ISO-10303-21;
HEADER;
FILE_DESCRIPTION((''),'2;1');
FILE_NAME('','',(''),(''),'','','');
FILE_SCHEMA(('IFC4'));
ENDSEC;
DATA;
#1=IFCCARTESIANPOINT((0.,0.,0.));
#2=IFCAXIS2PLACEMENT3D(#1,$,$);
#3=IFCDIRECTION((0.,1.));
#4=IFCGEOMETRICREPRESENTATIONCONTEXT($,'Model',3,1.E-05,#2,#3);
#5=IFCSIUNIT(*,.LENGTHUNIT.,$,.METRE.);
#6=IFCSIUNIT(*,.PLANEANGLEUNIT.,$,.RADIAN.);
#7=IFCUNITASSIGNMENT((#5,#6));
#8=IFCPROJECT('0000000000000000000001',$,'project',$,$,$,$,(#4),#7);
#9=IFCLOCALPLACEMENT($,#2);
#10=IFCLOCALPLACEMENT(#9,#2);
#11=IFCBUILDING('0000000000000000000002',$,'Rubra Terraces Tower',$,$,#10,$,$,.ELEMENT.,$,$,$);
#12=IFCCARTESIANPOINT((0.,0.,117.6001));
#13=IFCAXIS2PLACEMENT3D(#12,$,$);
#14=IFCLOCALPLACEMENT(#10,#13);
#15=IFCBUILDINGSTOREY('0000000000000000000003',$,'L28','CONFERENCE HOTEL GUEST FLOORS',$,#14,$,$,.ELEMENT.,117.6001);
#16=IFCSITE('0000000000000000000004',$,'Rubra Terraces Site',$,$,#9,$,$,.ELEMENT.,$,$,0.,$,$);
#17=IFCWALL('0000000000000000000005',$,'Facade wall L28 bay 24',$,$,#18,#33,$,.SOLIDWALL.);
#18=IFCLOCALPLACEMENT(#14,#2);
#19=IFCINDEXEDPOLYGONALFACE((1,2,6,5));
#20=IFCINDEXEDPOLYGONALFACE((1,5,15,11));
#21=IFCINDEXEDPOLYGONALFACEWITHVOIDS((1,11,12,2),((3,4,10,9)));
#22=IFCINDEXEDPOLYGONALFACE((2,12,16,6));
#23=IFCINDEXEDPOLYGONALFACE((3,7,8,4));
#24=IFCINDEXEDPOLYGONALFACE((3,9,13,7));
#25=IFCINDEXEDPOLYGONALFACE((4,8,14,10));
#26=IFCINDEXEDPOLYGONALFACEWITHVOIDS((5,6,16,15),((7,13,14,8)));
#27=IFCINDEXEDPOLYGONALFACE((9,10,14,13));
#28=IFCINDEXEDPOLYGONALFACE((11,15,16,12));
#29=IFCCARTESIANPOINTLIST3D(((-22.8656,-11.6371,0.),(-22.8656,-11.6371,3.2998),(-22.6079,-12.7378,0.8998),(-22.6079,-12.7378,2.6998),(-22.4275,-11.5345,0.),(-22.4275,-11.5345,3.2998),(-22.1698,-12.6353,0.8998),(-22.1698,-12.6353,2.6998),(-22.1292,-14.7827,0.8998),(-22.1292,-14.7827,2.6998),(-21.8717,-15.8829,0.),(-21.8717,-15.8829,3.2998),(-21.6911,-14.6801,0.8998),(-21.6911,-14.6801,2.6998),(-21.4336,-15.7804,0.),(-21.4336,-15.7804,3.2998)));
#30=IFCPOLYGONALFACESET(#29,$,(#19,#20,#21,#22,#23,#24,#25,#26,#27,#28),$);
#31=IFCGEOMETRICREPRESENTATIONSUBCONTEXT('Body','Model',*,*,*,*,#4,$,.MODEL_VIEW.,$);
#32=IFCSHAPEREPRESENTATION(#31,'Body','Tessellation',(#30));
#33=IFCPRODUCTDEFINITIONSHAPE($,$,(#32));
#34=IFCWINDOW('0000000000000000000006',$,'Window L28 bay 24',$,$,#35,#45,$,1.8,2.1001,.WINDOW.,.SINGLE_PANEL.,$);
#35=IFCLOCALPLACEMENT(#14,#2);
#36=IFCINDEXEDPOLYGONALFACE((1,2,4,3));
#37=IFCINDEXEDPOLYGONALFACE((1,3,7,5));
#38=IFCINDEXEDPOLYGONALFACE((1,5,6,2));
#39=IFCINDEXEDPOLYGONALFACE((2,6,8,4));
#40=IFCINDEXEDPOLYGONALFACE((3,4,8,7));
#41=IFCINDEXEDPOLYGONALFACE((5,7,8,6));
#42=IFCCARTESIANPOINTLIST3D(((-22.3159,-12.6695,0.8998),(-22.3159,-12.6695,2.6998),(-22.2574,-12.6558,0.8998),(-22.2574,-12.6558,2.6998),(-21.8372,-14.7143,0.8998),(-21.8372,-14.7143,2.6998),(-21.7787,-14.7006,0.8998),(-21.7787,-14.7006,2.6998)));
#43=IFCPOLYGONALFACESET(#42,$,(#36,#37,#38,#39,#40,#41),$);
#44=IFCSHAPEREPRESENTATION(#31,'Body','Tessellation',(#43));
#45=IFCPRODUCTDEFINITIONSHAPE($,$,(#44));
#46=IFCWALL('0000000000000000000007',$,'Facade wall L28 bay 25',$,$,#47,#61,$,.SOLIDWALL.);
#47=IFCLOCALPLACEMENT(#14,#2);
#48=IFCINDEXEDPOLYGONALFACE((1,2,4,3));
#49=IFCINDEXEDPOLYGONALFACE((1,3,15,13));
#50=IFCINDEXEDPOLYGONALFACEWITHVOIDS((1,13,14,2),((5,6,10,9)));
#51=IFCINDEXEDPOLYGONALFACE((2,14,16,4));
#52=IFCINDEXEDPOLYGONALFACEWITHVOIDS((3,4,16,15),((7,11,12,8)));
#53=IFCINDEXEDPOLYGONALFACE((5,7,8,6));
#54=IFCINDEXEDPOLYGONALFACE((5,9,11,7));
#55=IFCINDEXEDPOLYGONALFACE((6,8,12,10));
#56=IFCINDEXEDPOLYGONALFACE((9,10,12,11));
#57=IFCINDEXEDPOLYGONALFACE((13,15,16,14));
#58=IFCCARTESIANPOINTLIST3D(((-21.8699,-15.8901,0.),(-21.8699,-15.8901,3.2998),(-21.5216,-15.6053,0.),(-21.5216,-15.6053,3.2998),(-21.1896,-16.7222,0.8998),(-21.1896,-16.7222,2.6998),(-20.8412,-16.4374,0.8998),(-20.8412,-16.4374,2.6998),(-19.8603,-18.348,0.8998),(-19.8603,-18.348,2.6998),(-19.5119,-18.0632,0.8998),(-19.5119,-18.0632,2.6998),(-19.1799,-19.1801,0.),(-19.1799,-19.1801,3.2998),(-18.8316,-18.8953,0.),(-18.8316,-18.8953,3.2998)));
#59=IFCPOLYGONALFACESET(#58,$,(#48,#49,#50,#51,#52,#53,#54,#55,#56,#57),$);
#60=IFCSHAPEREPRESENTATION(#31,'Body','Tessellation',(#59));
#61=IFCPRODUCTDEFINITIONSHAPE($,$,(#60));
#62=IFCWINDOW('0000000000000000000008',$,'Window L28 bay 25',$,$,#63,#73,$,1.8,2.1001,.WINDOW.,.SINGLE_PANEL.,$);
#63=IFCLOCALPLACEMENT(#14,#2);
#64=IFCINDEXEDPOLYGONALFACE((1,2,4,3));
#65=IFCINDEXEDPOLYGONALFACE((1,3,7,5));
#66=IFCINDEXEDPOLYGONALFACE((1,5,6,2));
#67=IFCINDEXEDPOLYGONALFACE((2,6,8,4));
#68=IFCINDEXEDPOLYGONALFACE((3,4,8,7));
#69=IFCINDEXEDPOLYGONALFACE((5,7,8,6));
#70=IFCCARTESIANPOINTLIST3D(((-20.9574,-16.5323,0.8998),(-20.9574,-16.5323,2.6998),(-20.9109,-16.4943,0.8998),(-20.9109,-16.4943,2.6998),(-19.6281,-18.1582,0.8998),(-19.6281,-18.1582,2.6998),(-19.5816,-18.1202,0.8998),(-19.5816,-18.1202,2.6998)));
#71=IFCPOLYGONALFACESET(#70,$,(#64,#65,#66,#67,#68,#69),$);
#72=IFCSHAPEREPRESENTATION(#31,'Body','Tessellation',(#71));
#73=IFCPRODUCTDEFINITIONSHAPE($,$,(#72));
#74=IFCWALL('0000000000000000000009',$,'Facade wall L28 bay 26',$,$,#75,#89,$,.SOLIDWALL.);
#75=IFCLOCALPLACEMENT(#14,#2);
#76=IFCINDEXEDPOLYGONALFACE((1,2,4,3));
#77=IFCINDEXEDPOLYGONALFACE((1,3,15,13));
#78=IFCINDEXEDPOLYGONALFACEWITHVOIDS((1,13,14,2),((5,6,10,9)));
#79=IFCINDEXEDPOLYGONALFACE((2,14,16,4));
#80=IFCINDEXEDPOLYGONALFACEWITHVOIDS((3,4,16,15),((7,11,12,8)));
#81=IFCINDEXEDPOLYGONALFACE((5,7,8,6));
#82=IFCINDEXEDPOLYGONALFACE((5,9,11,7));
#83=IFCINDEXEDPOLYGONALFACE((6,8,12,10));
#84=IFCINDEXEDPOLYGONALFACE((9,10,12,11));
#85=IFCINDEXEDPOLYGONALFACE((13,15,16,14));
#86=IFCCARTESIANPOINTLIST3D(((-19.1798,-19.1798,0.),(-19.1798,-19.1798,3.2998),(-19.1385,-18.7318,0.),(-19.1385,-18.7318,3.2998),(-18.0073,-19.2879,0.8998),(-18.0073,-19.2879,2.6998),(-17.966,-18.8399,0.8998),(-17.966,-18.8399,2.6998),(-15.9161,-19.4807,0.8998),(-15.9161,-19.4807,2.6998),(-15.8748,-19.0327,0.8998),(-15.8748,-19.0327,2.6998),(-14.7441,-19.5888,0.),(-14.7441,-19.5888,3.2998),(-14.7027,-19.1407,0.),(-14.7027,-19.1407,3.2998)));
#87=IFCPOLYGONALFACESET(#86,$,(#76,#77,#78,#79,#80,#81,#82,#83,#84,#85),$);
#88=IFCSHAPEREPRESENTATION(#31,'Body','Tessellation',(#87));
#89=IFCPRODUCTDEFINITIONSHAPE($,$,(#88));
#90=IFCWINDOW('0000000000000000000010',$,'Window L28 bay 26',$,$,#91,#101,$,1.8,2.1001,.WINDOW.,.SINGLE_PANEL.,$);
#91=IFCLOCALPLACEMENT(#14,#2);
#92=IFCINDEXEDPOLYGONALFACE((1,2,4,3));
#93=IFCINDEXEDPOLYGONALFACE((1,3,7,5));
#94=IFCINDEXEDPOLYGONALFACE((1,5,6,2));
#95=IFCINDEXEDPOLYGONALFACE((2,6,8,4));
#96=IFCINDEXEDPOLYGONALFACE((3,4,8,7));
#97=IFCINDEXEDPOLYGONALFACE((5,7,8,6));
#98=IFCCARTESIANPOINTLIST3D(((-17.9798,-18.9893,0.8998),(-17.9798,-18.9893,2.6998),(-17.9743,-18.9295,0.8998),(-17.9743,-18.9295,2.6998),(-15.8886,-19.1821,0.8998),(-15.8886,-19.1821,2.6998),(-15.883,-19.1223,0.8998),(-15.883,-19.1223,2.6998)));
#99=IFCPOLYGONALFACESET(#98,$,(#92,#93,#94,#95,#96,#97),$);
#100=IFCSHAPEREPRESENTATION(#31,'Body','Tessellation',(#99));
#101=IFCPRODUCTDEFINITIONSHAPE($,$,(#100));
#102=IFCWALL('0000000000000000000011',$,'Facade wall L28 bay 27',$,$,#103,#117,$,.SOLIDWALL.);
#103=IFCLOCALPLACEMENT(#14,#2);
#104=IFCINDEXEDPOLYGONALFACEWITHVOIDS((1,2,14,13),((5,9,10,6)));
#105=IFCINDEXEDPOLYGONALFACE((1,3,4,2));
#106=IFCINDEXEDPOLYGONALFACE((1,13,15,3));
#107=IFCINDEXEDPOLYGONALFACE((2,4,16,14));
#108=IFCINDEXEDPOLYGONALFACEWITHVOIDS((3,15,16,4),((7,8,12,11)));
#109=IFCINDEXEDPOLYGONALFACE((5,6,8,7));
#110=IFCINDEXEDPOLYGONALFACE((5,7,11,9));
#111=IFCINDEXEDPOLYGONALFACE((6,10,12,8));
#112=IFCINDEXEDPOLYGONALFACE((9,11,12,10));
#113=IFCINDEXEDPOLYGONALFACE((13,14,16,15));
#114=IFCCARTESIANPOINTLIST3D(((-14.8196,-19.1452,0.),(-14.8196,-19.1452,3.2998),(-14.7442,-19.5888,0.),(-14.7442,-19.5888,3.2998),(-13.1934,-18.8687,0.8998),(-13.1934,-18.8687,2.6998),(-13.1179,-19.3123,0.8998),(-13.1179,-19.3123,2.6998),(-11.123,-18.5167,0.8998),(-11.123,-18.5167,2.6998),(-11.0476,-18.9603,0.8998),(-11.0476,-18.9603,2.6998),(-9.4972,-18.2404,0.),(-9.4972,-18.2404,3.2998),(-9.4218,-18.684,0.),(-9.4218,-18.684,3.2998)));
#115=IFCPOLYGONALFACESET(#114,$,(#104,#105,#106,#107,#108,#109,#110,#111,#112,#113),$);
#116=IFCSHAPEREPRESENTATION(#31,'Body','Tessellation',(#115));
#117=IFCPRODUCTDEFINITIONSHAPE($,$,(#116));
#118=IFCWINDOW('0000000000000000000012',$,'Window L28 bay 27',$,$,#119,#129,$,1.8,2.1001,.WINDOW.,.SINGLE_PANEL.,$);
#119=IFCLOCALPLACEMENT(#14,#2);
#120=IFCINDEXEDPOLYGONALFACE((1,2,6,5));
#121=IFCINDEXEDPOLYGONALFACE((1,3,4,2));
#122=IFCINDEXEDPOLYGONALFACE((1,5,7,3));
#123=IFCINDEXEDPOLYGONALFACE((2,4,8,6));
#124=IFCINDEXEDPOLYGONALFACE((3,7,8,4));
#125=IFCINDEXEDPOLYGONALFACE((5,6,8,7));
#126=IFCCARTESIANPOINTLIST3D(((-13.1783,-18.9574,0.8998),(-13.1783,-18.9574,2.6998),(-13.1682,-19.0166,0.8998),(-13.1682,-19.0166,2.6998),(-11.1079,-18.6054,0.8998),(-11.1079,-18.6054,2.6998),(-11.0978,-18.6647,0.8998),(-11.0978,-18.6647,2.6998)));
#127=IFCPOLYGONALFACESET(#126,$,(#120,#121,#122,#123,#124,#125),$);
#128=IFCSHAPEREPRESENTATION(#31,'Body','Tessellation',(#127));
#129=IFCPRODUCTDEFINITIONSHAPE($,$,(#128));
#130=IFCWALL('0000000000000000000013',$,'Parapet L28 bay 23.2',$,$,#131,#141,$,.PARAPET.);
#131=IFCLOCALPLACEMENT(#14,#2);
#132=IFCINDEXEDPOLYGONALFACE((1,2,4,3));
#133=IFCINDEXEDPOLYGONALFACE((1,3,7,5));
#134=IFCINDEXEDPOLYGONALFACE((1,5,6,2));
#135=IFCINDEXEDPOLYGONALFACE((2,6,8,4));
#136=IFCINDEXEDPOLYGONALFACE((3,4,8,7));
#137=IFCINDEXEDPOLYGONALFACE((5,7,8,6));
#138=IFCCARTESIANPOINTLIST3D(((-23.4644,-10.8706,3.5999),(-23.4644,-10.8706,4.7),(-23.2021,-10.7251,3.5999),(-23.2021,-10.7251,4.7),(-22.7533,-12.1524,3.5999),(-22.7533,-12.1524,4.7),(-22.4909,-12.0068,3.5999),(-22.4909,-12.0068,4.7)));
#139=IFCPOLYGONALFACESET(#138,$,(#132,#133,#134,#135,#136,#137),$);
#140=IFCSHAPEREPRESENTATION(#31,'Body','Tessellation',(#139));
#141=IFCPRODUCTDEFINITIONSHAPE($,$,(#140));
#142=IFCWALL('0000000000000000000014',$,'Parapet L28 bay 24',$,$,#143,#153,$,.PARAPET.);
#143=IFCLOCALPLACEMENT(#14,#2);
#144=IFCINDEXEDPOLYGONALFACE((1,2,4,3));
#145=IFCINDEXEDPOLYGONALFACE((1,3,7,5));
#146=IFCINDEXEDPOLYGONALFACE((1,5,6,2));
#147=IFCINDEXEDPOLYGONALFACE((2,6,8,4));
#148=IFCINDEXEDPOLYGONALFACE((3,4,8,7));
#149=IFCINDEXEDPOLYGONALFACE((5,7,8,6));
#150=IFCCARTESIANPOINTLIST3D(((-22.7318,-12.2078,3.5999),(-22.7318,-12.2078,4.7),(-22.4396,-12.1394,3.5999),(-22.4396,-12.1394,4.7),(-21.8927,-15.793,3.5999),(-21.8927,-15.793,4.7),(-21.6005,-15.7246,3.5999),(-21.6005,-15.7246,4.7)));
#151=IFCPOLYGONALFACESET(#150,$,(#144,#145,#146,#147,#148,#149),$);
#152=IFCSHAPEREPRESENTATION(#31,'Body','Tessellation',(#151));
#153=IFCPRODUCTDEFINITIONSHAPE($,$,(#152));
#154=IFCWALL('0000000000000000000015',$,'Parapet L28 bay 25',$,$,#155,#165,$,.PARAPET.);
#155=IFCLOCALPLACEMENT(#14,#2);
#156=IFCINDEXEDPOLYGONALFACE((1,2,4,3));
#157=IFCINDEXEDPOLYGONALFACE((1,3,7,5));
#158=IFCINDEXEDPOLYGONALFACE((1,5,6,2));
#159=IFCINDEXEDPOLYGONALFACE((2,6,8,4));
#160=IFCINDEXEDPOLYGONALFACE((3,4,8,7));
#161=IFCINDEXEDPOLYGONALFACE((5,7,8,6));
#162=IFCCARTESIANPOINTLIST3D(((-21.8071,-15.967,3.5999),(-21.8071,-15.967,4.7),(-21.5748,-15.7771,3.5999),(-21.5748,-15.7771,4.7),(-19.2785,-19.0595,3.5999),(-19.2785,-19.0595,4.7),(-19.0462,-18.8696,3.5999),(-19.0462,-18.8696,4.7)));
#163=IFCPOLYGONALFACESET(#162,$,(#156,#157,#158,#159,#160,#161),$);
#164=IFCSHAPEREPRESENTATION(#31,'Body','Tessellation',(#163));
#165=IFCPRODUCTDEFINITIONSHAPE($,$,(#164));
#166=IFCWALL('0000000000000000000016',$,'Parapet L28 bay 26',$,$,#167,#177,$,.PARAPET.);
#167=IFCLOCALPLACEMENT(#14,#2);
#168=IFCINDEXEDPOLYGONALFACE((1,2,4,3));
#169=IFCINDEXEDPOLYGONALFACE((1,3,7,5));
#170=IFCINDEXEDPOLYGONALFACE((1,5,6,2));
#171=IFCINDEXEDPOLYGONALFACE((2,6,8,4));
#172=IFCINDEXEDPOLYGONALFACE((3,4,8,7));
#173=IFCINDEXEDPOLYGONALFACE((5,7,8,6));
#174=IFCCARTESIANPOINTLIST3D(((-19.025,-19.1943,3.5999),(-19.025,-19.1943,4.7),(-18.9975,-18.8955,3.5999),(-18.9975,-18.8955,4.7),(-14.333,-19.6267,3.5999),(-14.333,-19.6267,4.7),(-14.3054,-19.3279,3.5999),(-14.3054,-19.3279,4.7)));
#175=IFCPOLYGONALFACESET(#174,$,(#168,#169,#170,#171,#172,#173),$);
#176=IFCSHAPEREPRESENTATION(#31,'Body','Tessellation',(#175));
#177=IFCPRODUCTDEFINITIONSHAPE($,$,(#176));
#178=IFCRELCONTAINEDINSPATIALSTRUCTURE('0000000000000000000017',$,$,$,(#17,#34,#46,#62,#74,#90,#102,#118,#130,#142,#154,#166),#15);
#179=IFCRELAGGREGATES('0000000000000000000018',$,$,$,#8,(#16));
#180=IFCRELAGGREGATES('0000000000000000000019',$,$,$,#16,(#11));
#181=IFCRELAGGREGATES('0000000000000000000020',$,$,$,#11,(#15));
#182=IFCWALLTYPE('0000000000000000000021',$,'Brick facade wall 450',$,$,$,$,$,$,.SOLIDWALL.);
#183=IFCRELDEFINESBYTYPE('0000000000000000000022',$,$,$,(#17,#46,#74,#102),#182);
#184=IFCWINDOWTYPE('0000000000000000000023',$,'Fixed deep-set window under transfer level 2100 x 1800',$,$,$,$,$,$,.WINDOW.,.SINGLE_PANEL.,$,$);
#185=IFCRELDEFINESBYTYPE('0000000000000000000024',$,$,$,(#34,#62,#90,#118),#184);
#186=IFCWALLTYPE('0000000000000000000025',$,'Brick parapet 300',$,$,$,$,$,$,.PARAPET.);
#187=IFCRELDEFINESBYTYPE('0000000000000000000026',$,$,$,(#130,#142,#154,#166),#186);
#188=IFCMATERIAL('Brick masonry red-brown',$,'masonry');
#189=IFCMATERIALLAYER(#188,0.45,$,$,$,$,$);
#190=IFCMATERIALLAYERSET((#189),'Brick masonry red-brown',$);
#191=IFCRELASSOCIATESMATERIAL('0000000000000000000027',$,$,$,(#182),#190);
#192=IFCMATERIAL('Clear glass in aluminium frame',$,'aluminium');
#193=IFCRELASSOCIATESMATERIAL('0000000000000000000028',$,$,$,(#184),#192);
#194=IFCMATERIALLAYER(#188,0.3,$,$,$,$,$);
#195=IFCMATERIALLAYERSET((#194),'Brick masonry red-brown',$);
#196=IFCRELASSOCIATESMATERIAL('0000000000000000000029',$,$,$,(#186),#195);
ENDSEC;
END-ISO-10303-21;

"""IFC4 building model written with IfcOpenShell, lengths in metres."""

from ifc_helpers import new_model, si_unit, direction, frame, frame_2d, origin, place, context, subcontext, project, spatial, rectangle, extrude, material, layer, layer_set, type_object, element, fill, save


model = new_model("IFC4")

# Units and contexts
model_context = context("Model", 3, precision=1e-05, world=origin(), true_north=direction((0.0, 1.0)))
body_context = subcontext(model_context, "Body", "Model", "MODEL_VIEW")
ifc_project = project(units=[si_unit("LENGTHUNIT", "METRE"), si_unit("PLANEANGLEUNIT", "RADIAN")], contexts=[model_context])

# Site, building, storey
site_placement = place(None, origin())
site = spatial("IfcSite", under=ifc_project, at=site_placement, Name="Rubra Terraces Site", CompositionType="ELEMENT", RefElevation=0.0)
building_placement = place(site_placement, origin())
building = spatial("IfcBuilding", under=site, at=building_placement, Name="Rubra Terraces Tower", CompositionType="ELEMENT")
storey_placement = place(building_placement, frame((0.0, 0.0, 117.6001)))
storey = spatial("IfcBuildingStorey", under=building, at=storey_placement, Name="L28", Description="CONFERENCE HOTEL GUEST FLOORS", CompositionType="ELEMENT", Elevation=117.6001)

# Walls, openings, windows
ifc_material_1 = material(Name="Brick masonry red-brown", Category="masonry")
ifc_layer_1 = layer(ifc_material_1, 0.45)
ifc_layer_set_1 = layer_set([ifc_layer_1], Name="Brick masonry red-brown")
wall_type_1 = type_object("IfcWallType", Name="Brick facade wall 450", PredefinedType="SOLIDWALL", material=ifc_layer_set_1)
wall_1_placement = place(storey_placement, frame((-22.6465, -11.5859, 0.0), z_axis=(0.0, 0.0, 1.0), x_axis=(0.227925, -0.973679, 0.0)))
wall_1 = element("IfcWall", 1, at=wall_1_placement, inside=storey, type_object=wall_type_1, Name="Facade wall L28 bay 24", PredefinedType="SOLIDWALL", context=body_context, shape_type="SweptSolid", body=[
    extrude(rectangle(XDim=4.3606, YDim=0.45, at=frame_2d((2.1802, 0.0))), origin(), (0.0, 0.0, 1.0), 3.2998),
])
opening_1_placement = place(wall_1_placement, frame((1.1304, 0.0, 0.8999)))
opening_1 = element("IfcOpeningElement", 2, at=opening_1_placement, cuts=wall_1, PredefinedType="OPENING", context=body_context, shape_type="SweptSolid", body=[
    extrude(rectangle(XDim=2.1001, YDim=1.8, at=frame_2d((1.05, 0.8999))), frame((0.0, 0.2349, 0.0), z_axis=(0.0, -1.0, 0.0), x_axis=(1.0, 0.0, 0.0)), (0.0, 0.0, 1.0), 0.47),
])
ifc_material_2 = material(Name="Clear glass in aluminium frame", Category="aluminium")
window_type = type_object("IfcWindowType", Name="Fixed deep-set window under transfer level 2100 x 1800", PartitioningType="SINGLE_PANEL", PredefinedType="WINDOW", material=ifc_material_2)
window_1_placement = place(opening_1_placement, origin())
window_1 = element("IfcWindow", 3, at=window_1_placement, inside=storey, type_object=window_type, Name="Window L28 bay 24", OverallHeight=1.8, OverallWidth=2.1001, PartitioningType="SINGLE_PANEL", PredefinedType="WINDOW", context=body_context, shape_type="SweptSolid", body=[
    extrude(rectangle(XDim=2.1001, YDim=1.8, at=frame_2d((1.05, 0.8999))), frame((0.0, 0.135, 0.0), z_axis=(0.0, -1.0, 0.0), x_axis=(1.0, 0.0, 0.0)), (0.0, 0.0, 1.0), 0.0601),
])
fill(opening_1, window_1)
wall_2_placement = place(storey_placement, frame((-21.6958, -15.7476, 0.0), z_axis=(0.0, 0.0, 1.0), x_axis=(0.632969, -0.774177, 0.0)))
wall_2 = element("IfcWall", 4, at=wall_2_placement, inside=storey, type_object=wall_type_1, Name="Facade wall L28 bay 25", PredefinedType="SOLIDWALL", context=body_context, shape_type="SweptSolid", body=[
    extrude(rectangle(XDim=4.2498, YDim=0.45, at=frame_2d((2.125, 0.0))), origin(), (0.0, 0.0, 1.0), 3.2998),
])
opening_2_placement = place(wall_2_placement, frame((1.075, 0.0, 0.8999)))
opening_2 = element("IfcOpeningElement", 5, at=opening_2_placement, cuts=wall_2, PredefinedType="OPENING", context=body_context, shape_type="SweptSolid", body=[
    extrude(rectangle(XDim=2.1001, YDim=1.8, at=frame_2d((1.05, 0.8999))), frame((0.0, 0.2349, 0.0), z_axis=(0.0, -1.0, 0.0), x_axis=(1.0, 0.0, 0.0)), (0.0, 0.0, 1.0), 0.47),
])
window_2_placement = place(opening_2_placement, origin())
window_2 = element("IfcWindow", 6, at=window_2_placement, inside=storey, type_object=window_type, Name="Window L28 bay 25", OverallHeight=1.8, OverallWidth=2.1001, PartitioningType="SINGLE_PANEL", PredefinedType="WINDOW", context=body_context, shape_type="SweptSolid", body=[
    extrude(rectangle(XDim=2.1001, YDim=1.8, at=frame_2d((1.05, 0.8999))), frame((0.0, 0.135, 0.0), z_axis=(0.0, -1.0, 0.0), x_axis=(1.0, 0.0, 0.0)), (0.0, 0.0, 1.0), 0.0601),
])
fill(opening_2, window_2)
wall_3_placement = place(storey_placement, frame((-19.1592, -18.9558, 0.0), z_axis=(0.0, 0.0, 1.0), x_axis=(0.995777, -0.091801, 0.0)))
wall_3 = element("IfcWall", 7, at=wall_3_placement, inside=storey, type_object=wall_type_1, Name="Facade wall L28 bay 26", PredefinedType="SOLIDWALL", context=body_context, shape_type="SweptSolid", body=[
    extrude(rectangle(XDim=4.4546, YDim=0.45, at=frame_2d((2.2273, 0.0))), origin(), (0.0, 0.0, 1.0), 3.2998),
])
opening_3_placement = place(wall_3_placement, frame((1.1775, 0.0, 0.8999)))
opening_3 = element("IfcOpeningElement", 8, at=opening_3_placement, cuts=wall_3, PredefinedType="OPENING", context=body_context, shape_type="SweptSolid", body=[
    extrude(rectangle(XDim=2.1001, YDim=1.8, at=frame_2d((1.05, 0.8999))), frame((0.0, 0.2349, 0.0), z_axis=(0.0, -1.0, 0.0), x_axis=(1.0, 0.0, 0.0)), (0.0, 0.0, 1.0), 0.47),
])
window_3_placement = place(opening_3_placement, origin())
window_3 = element("IfcWindow", 9, at=window_3_placement, inside=storey, type_object=window_type, Name="Window L28 bay 26", OverallHeight=1.8, OverallWidth=2.1001, PartitioningType="SINGLE_PANEL", PredefinedType="WINDOW", context=body_context, shape_type="SweptSolid", body=[
    extrude(rectangle(XDim=2.1001, YDim=1.8, at=frame_2d((1.05, 0.8999))), frame((0.0, 0.135, 0.0), z_axis=(0.0, -1.0, 0.0), x_axis=(1.0, 0.0, 0.0)), (0.0, 0.0, 1.0), 0.0601),
])
fill(opening_3, window_3)
wall_4_placement = place(storey_placement, frame((-14.7817, -19.3669, 0.0), z_axis=(0.0, 0.0, 1.0), x_axis=(0.985856, 0.167595, 0.0)))
wall_4 = element("IfcWall", 10, at=wall_4_placement, inside=storey, type_object=wall_type_1, Name="Facade wall L28 bay 27", PredefinedType="SOLIDWALL", context=body_context, shape_type="SweptSolid", body=[
    extrude(rectangle(XDim=5.3987, YDim=0.45, at=frame_2d((2.6992, 0.0))), origin(), (0.0, 0.0, 1.0), 3.2998),
])
opening_4_placement = place(wall_4_placement, frame((1.6494, 0.0, 0.8999)))
opening_4 = element("IfcOpeningElement", 11, at=opening_4_placement, cuts=wall_4, PredefinedType="OPENING", context=body_context, shape_type="SweptSolid", body=[
    extrude(rectangle(XDim=2.1001, YDim=1.8, at=frame_2d((1.05, 0.8999))), frame((0.0, 0.2349, 0.0), z_axis=(0.0, -1.0, 0.0), x_axis=(1.0, 0.0, 0.0)), (0.0, 0.0, 1.0), 0.47),
])
window_4_placement = place(opening_4_placement, origin())
window_4 = element("IfcWindow", 12, at=window_4_placement, inside=storey, type_object=window_type, Name="Window L28 bay 27", OverallHeight=1.8, OverallWidth=2.1001, PartitioningType="SINGLE_PANEL", PredefinedType="WINDOW", context=body_context, shape_type="SweptSolid", body=[
    extrude(rectangle(XDim=2.1001, YDim=1.8, at=frame_2d((1.05, 0.8999))), frame((0.0, 0.135, 0.0), z_axis=(0.0, -1.0, 0.0), x_axis=(1.0, 0.0, 0.0)), (0.0, 0.0, 1.0), 0.0601),
])
fill(opening_4, window_4)

# Walls
ifc_layer_2 = layer(ifc_material_1, 0.3)
ifc_layer_set_2 = layer_set([ifc_layer_2], Name="Brick masonry red-brown")
wall_type_2 = type_object("IfcWallType", Name="Brick parapet 300", PredefinedType="PARAPET", material=ifc_layer_set_2)
wall_5_placement = place(storey_placement, frame((-23.3333, -10.7979, 3.5999), z_axis=(0.0, 0.0, 1.0), x_axis=(0.485176, -0.874416, 0.0)))
element("IfcWall", 13, at=wall_5_placement, inside=storey, type_object=wall_type_2, Name="Parapet L28 bay 23.2", PredefinedType="PARAPET", context=body_context, shape_type="SweptSolid", body=[
    extrude(rectangle(XDim=1.4658, YDim=0.3, at=frame_2d((0.7329, 0.0))), origin(), (0.0, 0.0, 1.0), 1.1001),
])
wall_6_placement = place(storey_placement, frame((-22.5857, -12.1736, 3.5999), z_axis=(0.0, 0.0, 1.0), x_axis=(0.22789, -0.973687, 0.0)))
element("IfcWall", 14, at=wall_6_placement, inside=storey, type_object=wall_type_2, Name="Parapet L28 bay 24", PredefinedType="PARAPET", context=body_context, shape_type="SweptSolid", body=[
    extrude(rectangle(XDim=3.6821, YDim=0.3, at=frame_2d((1.8411, 0.0))), origin(), (0.0, 0.0, 1.0), 1.1001),
])
wall_7_placement = place(storey_placement, frame((-21.6909, -15.8721, 3.5999), z_axis=(0.0, 0.0, 1.0), x_axis=(0.632985, -0.774164, 0.0)))
element("IfcWall", 15, at=wall_7_placement, inside=storey, type_object=wall_type_2, Name="Parapet L28 bay 25", PredefinedType="PARAPET", context=body_context, shape_type="SweptSolid", body=[
    extrude(rectangle(XDim=3.9946, YDim=0.3, at=frame_2d((1.9973, 0.0))), origin(), (0.0, 0.0, 1.0), 1.1001),
])
wall_8_placement = place(storey_placement, frame((-19.0112, -19.0449, 3.5999), z_axis=(0.0, 0.0, 1.0), x_axis=(0.995781, -0.09176, 0.0)))
element("IfcWall", 16, at=wall_8_placement, inside=storey, type_object=wall_type_2, Name="Parapet L28 bay 26", PredefinedType="PARAPET", context=body_context, shape_type="SweptSolid", body=[
    extrude(rectangle(XDim=4.7119, YDim=0.3, at=frame_2d((2.356, 0.0))), origin(), (0.0, 0.0, 1.0), 1.1001),
])

save(model, "model.ifc")
